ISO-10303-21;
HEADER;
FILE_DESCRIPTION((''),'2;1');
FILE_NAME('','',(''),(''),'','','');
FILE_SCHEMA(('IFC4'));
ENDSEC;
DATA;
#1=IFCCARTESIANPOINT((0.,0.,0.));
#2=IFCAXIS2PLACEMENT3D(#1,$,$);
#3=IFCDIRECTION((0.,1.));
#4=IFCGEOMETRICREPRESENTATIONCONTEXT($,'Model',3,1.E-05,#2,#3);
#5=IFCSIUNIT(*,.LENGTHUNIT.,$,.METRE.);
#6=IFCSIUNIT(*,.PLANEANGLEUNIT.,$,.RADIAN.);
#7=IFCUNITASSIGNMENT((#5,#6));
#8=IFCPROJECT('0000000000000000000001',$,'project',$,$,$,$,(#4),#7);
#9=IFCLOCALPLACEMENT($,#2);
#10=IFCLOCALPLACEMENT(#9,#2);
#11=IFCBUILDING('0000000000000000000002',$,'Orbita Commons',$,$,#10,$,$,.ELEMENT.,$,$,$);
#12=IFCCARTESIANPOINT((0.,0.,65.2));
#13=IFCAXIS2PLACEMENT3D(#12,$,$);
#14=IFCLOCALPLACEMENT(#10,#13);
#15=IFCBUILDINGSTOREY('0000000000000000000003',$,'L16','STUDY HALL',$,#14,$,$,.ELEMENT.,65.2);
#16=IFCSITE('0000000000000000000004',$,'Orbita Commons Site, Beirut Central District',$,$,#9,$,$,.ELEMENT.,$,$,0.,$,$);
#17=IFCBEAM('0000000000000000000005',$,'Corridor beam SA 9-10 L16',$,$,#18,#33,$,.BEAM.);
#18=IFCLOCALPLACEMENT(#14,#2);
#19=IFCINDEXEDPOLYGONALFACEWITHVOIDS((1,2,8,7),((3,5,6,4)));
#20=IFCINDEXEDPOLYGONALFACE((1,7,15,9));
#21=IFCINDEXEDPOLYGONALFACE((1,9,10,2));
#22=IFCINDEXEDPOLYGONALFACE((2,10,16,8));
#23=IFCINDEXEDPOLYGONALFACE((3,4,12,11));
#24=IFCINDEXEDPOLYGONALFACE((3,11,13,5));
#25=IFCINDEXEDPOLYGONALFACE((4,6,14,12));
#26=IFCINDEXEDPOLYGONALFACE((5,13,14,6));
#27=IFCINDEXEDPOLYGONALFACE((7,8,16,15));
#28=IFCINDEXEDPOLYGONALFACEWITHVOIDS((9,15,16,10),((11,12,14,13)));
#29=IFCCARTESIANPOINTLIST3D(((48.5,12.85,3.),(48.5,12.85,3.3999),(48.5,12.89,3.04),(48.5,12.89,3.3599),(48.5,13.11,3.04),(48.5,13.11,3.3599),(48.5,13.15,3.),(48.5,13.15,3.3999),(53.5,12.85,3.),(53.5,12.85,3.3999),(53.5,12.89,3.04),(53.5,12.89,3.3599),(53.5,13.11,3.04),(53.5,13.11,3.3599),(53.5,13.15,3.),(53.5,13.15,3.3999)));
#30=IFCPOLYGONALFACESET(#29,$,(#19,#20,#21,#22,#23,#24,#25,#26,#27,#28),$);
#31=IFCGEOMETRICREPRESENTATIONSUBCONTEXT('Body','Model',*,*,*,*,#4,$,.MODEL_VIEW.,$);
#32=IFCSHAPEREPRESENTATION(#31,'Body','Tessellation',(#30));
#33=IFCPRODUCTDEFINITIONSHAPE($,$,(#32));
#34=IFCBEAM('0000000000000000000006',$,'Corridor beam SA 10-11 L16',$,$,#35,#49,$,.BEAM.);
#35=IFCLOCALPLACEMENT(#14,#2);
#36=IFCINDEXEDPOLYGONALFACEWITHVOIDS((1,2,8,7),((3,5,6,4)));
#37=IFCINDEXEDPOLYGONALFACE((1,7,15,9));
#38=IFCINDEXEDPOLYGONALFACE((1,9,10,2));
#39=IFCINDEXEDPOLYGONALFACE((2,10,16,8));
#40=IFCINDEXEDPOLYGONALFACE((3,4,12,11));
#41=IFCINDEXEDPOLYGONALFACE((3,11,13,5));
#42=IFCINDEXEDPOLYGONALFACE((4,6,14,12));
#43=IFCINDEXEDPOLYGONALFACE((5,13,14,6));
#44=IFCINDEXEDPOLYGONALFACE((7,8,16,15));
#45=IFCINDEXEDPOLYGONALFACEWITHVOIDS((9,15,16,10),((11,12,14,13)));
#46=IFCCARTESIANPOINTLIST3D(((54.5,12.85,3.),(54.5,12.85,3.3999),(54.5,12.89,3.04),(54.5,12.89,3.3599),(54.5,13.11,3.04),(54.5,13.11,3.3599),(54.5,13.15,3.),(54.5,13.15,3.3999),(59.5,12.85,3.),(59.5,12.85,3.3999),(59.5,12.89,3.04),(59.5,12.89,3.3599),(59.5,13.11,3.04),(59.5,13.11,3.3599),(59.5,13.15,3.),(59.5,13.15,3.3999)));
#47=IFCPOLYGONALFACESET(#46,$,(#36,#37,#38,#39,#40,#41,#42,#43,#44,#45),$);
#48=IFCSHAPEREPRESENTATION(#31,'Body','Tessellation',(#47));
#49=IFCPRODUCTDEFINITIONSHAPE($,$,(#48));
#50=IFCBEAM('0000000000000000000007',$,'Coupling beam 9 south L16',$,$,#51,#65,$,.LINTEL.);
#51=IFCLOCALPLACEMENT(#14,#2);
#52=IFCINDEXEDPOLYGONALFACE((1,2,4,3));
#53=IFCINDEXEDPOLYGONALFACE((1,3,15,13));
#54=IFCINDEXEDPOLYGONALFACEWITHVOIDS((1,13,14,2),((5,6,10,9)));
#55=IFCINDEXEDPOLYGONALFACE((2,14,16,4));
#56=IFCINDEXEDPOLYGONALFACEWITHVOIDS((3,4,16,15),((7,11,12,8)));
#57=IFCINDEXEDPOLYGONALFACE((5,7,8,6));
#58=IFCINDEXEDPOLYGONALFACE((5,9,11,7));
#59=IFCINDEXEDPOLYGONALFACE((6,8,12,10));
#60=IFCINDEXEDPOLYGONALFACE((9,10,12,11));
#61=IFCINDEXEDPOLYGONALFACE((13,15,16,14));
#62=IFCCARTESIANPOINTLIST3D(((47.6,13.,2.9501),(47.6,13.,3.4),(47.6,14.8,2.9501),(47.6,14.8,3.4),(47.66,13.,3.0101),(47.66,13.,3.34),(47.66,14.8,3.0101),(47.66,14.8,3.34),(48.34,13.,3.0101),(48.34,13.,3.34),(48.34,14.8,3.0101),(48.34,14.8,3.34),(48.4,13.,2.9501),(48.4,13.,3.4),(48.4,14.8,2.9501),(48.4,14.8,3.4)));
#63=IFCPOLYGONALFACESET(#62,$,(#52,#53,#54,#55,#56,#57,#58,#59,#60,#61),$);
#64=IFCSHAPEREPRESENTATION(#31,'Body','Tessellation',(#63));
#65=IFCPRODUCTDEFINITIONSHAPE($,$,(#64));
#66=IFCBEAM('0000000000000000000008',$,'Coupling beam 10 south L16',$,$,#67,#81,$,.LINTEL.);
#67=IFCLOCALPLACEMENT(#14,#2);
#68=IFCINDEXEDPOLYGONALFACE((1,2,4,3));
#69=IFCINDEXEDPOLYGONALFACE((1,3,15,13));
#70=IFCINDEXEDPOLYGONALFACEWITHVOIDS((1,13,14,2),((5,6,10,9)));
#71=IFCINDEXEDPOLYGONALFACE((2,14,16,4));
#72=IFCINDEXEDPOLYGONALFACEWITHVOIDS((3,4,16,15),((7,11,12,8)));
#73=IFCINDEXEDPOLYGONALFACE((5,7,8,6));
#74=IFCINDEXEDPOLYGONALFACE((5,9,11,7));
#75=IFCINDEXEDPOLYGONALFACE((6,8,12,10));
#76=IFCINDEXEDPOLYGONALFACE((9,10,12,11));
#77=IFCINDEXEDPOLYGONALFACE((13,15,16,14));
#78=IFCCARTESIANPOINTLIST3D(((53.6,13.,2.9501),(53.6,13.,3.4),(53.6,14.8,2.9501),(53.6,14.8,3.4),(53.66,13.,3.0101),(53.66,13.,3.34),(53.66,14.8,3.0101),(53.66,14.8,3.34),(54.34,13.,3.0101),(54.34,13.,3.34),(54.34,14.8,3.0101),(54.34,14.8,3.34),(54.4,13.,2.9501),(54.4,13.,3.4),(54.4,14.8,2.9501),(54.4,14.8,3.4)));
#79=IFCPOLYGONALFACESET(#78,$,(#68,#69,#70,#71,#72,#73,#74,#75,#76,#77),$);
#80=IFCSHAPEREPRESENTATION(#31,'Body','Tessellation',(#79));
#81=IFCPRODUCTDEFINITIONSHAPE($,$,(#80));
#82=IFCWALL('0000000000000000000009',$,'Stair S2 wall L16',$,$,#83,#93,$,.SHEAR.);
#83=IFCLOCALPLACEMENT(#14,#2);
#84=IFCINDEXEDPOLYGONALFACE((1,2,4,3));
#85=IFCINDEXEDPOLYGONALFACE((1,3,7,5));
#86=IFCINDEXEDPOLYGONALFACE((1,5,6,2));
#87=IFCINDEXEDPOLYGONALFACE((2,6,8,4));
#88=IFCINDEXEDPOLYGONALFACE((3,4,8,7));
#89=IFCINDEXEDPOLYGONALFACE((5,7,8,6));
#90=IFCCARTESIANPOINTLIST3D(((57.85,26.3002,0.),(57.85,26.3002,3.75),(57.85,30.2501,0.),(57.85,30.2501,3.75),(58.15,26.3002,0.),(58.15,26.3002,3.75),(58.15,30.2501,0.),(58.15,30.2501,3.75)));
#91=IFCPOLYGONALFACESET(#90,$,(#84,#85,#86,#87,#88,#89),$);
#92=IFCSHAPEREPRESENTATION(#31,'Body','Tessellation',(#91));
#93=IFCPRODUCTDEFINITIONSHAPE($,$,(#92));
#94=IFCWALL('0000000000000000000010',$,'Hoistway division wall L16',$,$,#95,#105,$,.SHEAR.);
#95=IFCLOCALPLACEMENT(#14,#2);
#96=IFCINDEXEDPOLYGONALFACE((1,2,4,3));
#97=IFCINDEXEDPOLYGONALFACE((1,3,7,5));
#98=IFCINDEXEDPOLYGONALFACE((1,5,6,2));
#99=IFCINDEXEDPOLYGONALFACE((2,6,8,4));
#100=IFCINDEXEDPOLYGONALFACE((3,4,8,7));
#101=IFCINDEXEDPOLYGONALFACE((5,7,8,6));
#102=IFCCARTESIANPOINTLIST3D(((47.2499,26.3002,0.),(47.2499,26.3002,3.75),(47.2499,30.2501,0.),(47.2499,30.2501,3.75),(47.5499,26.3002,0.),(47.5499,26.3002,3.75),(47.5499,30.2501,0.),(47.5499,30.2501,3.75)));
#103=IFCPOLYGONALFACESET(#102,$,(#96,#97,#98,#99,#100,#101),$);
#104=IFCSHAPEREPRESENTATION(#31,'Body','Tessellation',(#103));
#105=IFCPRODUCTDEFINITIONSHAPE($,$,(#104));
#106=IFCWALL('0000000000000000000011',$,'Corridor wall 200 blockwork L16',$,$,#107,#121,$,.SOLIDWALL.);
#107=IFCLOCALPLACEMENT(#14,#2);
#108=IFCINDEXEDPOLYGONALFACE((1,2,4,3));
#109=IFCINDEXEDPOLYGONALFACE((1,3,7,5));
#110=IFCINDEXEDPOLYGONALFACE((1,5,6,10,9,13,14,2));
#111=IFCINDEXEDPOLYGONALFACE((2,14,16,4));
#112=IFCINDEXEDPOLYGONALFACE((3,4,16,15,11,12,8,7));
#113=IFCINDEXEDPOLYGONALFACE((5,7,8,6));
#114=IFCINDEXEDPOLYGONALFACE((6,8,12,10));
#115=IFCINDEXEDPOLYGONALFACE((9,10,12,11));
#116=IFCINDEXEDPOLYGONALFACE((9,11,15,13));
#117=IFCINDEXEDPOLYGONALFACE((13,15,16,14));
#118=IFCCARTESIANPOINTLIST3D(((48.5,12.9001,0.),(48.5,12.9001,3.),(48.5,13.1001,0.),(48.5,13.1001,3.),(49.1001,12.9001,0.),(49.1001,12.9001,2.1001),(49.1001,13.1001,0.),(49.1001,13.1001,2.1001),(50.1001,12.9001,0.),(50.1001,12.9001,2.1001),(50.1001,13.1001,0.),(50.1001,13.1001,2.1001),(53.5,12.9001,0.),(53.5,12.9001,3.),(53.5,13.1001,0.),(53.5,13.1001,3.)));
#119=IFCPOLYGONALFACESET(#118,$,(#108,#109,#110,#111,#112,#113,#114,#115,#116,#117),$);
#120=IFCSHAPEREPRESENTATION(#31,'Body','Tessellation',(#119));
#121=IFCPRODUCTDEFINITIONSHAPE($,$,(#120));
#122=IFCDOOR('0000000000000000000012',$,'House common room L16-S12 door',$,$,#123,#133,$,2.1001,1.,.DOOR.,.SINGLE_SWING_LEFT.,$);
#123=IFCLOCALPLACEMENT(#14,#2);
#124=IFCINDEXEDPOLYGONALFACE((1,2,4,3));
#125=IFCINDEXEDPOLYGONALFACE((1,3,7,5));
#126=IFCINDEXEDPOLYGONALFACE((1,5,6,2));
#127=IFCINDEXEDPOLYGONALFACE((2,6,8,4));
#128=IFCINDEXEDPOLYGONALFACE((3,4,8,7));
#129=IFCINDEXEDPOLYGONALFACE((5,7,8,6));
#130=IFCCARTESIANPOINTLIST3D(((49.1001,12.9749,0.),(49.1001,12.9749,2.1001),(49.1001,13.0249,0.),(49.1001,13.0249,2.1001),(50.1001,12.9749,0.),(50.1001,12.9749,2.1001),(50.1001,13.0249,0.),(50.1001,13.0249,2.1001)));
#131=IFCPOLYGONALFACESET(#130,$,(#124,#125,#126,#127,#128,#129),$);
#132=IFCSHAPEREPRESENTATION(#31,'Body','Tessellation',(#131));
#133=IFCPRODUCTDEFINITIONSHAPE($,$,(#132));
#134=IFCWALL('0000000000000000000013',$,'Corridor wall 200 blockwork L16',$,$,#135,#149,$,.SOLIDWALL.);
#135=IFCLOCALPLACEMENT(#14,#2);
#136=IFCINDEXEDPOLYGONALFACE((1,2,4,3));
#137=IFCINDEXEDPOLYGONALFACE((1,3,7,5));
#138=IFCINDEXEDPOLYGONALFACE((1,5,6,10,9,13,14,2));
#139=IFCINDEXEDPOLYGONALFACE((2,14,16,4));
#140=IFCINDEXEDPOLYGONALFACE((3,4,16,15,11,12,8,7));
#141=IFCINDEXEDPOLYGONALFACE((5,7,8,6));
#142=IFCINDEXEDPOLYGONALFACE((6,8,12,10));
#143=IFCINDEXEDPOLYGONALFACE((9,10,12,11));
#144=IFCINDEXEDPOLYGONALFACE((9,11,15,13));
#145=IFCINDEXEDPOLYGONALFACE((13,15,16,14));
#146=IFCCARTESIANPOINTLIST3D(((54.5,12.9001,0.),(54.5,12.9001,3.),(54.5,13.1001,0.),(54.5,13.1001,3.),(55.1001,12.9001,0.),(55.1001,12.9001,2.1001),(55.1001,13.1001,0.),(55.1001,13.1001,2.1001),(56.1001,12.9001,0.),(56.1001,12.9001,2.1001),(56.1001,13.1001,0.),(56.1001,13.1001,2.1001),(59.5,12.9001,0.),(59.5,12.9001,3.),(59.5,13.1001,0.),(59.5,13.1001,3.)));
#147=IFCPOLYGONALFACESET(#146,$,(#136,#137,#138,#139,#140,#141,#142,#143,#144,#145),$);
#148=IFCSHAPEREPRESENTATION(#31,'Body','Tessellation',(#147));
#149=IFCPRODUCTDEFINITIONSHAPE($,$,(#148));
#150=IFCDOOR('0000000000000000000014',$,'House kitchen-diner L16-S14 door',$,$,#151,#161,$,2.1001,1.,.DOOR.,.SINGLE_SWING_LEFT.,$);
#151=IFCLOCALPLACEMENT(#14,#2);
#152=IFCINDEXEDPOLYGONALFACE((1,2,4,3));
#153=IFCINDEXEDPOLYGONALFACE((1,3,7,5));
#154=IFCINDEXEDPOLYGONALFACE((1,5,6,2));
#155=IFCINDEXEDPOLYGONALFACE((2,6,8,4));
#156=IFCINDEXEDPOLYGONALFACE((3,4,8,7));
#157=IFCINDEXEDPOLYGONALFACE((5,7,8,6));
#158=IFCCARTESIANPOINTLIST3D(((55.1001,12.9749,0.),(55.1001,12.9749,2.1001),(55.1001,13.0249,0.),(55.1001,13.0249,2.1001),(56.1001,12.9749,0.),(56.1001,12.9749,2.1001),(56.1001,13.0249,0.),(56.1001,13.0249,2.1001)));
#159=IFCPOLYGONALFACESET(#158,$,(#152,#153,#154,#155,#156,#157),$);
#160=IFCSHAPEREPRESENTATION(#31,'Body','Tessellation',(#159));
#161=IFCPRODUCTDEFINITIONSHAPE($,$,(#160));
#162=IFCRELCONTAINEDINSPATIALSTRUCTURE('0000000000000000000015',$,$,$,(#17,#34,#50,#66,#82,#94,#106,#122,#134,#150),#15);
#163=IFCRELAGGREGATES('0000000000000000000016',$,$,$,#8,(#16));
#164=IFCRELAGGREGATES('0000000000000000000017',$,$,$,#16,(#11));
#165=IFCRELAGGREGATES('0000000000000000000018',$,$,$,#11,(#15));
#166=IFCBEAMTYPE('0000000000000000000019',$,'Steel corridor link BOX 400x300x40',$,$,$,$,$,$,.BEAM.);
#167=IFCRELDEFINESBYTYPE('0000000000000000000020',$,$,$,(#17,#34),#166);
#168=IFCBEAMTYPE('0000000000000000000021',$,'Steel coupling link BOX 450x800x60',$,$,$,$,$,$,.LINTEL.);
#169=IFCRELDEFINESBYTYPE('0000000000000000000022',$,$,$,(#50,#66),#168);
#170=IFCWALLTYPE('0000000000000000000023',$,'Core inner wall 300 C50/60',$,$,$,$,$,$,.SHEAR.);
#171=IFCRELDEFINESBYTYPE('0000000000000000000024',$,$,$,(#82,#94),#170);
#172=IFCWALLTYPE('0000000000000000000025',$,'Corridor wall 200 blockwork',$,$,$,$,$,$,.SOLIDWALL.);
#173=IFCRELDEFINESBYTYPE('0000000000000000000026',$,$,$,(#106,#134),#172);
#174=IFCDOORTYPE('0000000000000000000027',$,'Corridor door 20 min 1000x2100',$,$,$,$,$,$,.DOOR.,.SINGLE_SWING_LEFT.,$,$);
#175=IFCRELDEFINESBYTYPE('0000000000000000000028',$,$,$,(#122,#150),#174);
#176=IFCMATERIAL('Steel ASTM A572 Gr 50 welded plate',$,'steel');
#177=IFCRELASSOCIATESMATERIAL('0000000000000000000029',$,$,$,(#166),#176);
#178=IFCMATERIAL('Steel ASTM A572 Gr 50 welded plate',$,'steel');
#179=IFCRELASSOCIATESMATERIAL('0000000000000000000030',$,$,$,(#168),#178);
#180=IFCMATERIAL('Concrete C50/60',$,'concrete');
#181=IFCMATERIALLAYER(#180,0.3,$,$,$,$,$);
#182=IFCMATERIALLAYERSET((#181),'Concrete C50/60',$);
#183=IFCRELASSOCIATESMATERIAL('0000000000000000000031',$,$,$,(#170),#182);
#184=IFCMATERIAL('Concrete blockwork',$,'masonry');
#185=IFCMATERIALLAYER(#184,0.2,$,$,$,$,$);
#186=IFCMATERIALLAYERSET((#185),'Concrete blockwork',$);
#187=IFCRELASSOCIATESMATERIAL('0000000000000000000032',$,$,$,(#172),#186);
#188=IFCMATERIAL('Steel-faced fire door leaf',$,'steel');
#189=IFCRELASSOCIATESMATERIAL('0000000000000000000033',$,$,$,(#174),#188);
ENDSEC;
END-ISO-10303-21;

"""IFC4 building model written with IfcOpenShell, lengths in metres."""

from ifc_helpers import new_model, si_unit, direction, frame, frame_2d, origin, origin_2d, place, context, subcontext, project, spatial, polyline, rectangle, hollow_rectangle, outline, extrude, material, layer, layer_set, material_profile, profile_set, type_object, element, fill, save


model = new_model("IFC4")

# Units and contexts
model_context = context("Model", 3, precision=1e-05, world=origin(), true_north=direction((0.0, 1.0)))
body_context = subcontext(model_context, "Body", "Model", "MODEL_VIEW")
ifc_project = project(units=[si_unit("LENGTHUNIT", "METRE"), si_unit("PLANEANGLEUNIT", "RADIAN")], contexts=[model_context])

# Site, building, storey
site_placement = place(None, origin())
site = spatial("IfcSite", under=ifc_project, at=site_placement, Name="Orbita Commons Site, Beirut Central District", CompositionType="ELEMENT", RefElevation=0.0)
building_placement = place(site_placement, origin())
building = spatial("IfcBuilding", under=site, at=building_placement, Name="Orbita Commons", CompositionType="ELEMENT")
storey_placement = place(building_placement, frame((0.0, 0.0, 65.2)))
storey = spatial("IfcBuildingStorey", under=building, at=storey_placement, Name="L16", Description="STUDY HALL", CompositionType="ELEMENT", Elevation=65.2)

# Beams
ifc_material_1 = material(Name="Steel ASTM A572 Gr 50 welded plate", Category="steel")
ifc_material_profile_1 = material_profile(ifc_material_1, hollow_rectangle(XDim=0.3, YDim=0.3999, WallThickness=0.04, at=origin_2d()), Name="BOX 400x300x40")
ifc_profile_set_1 = profile_set([ifc_material_profile_1], Name="Steel ASTM A572 Gr 50 welded plate")
beam_type_1 = type_object("IfcBeamType", Name="Steel corridor link BOX 400x300x40", PredefinedType="BEAM", material=ifc_profile_set_1)
for number, where, z_axis, x_axis, name in (
    (1, (48.5, 13.0, 3.2), (1.0, 0.0, 0.0), (0.0, 1.0, 0.0), "Corridor beam SA 9-10 L16"),
    (2, (54.5, 13.0, 3.2), (1.0, 0.0, 0.0), (0.0, 1.0, 0.0), "Corridor beam SA 10-11 L16"),
):
    element("IfcBeam", number, at=place(storey_placement, frame(where, z_axis=z_axis, x_axis=x_axis)), inside=storey, type_object=beam_type_1, Name=name, PredefinedType="BEAM", context=body_context, shape_type="SweptSolid", body=[
        extrude(hollow_rectangle(XDim=0.3, YDim=0.3999, WallThickness=0.04, at=origin_2d()), origin(), (0.0, 0.0, 1.0), 5.0),
    ])
ifc_material_2 = material(Name="Steel ASTM A572 Gr 50 welded plate", Category="steel")
ifc_material_profile_2 = material_profile(ifc_material_2, hollow_rectangle(XDim=0.8, YDim=0.45, WallThickness=0.0601, at=origin_2d()), Name="BOX 450x800x60")
ifc_profile_set_2 = profile_set([ifc_material_profile_2], Name="Steel ASTM A572 Gr 50 welded plate")
beam_type_2 = type_object("IfcBeamType", Name="Steel coupling link BOX 450x800x60", PredefinedType="LINTEL", material=ifc_profile_set_2)
for number, where, z_axis, x_axis, name in (
    (3, (48.0, 13.0, 3.175), (0.0, 1.0, 0.0), (-1.0, 0.0, 0.0), "Coupling beam 9 south L16"),
    (4, (54.0, 13.0, 3.175), (0.0, 1.0, 0.0), (-1.0, 0.0, 0.0), "Coupling beam 10 south L16"),
):
    element("IfcBeam", number, at=place(storey_placement, frame(where, z_axis=z_axis, x_axis=x_axis)), inside=storey, type_object=beam_type_2, Name=name, PredefinedType="LINTEL", context=body_context, shape_type="SweptSolid", body=[
        extrude(hollow_rectangle(XDim=0.8, YDim=0.45, WallThickness=0.0601, at=origin_2d()), origin(), (0.0, 0.0, 1.0), 1.8),
    ])

# Walls
ifc_material_3 = material(Name="Concrete C50/60", Category="concrete")
ifc_layer_1 = layer(ifc_material_3, 0.3)
ifc_layer_set_1 = layer_set([ifc_layer_1], Name="Concrete C50/60")
wall_type_1 = type_object("IfcWallType", Name="Core inner wall 300 C50/60", PredefinedType="SHEAR", material=ifc_layer_set_1)
for number, where, z_axis, x_axis, name in (
    (5, (58.0, 26.3, 0.0), (0.0, 0.0, 1.0), (0.0, 1.0, 0.0), "Stair S2 wall L16"),
    (6, (47.3999, 26.3, 0.0), (0.0, 0.0, 1.0), (0.0, 1.0, 0.0), "Hoistway division wall L16"),
):
    element("IfcWall", number, at=place(storey_placement, frame(where, z_axis=z_axis, x_axis=x_axis)), inside=storey, type_object=wall_type_1, Name=name, PredefinedType="SHEAR", context=body_context, shape_type="SweptSolid", body=[
        extrude(rectangle(XDim=3.95, YDim=0.3, at=frame_2d((1.9751, 0.0))), origin(), (0.0, 0.0, 1.0), 3.75),
    ])

# Walls, openings, doors
ifc_material_4 = material(Name="Concrete blockwork", Category="masonry")
ifc_layer_2 = layer(ifc_material_4, 0.2)
ifc_layer_set_2 = layer_set([ifc_layer_2], Name="Concrete blockwork")
wall_type_2 = type_object("IfcWallType", Name="Corridor wall 200 blockwork", PredefinedType="SOLIDWALL", material=ifc_layer_set_2)
wall_1_placement = place(storey_placement, frame((48.5, 13.0, 0.0), z_axis=(0.0, 0.0, 1.0), x_axis=(1.0, 0.0, 0.0)))
wall_1 = element("IfcWall", 7, at=wall_1_placement, inside=storey, type_object=wall_type_2, Name="Corridor wall 200 blockwork L16", PredefinedType="SOLIDWALL", context=body_context, shape_type="SweptSolid", body=[
    extrude(outline(polyline([(0.0, 0.0), (5.0, 0.0), (5.0, 3.0), (0.0, 3.0), (0.0, 0.0)])), frame((0.0, 0.1001, 0.0), z_axis=(0.0, -1.0, 0.0), x_axis=(1.0, 0.0, 0.0)), (0.0, 0.0, 1.0), 0.2),
])
opening_1_placement = place(wall_1_placement, frame((0.6001, 0.0, 0.0)))
opening_1 = element("IfcOpeningElement", 8, at=opening_1_placement, cuts=wall_1, PredefinedType="OPENING", context=body_context, shape_type="SweptSolid", body=[
    extrude(rectangle(XDim=1.0, YDim=2.1001, at=frame_2d((0.5, 1.05))), frame((0.0, 0.1099, 0.0), z_axis=(0.0, -1.0, 0.0), x_axis=(1.0, 0.0, 0.0)), (0.0, 0.0, 1.0), 0.22),
])
ifc_material_5 = material(Name="Steel-faced fire door leaf", Category="steel")
door_type_1 = type_object("IfcDoorType", Name="Corridor door 20 min 1000x2100", OperationType="SINGLE_SWING_LEFT", PredefinedType="DOOR", material=ifc_material_5)
door_1_placement = place(opening_1_placement, origin())
door_1 = element("IfcDoor", 9, at=door_1_placement, inside=storey, type_object=door_type_1, Name="House common room L16-S12 door", OperationType="SINGLE_SWING_LEFT", OverallHeight=2.1001, OverallWidth=1.0, PredefinedType="DOOR", context=body_context, shape_type="SweptSolid", body=[
    extrude(rectangle(XDim=1.0, YDim=2.1001, at=frame_2d((0.5, 1.05))), frame((0.0, 0.0249, 0.0), z_axis=(0.0, -1.0, 0.0), x_axis=(1.0, 0.0, 0.0)), (0.0, 0.0, 1.0), 0.05),
])
fill(opening_1, door_1)
wall_2_placement = place(storey_placement, frame((54.5, 13.0, 0.0), z_axis=(0.0, 0.0, 1.0), x_axis=(1.0, 0.0, 0.0)))
wall_2 = element("IfcWall", 10, at=wall_2_placement, inside=storey, type_object=wall_type_2, Name="Corridor wall 200 blockwork L16", PredefinedType="SOLIDWALL", context=body_context, shape_type="SweptSolid", body=[
    extrude(outline(polyline([(0.0, 0.0), (5.0, 0.0), (5.0, 3.0), (0.0, 3.0), (0.0, 0.0)])), frame((0.0, 0.1001, 0.0), z_axis=(0.0, -1.0, 0.0), x_axis=(1.0, 0.0, 0.0)), (0.0, 0.0, 1.0), 0.2),
])
opening_2_placement = place(wall_2_placement, frame((0.6001, 0.0, 0.0)))
opening_2 = element("IfcOpeningElement", 11, at=opening_2_placement, cuts=wall_2, PredefinedType="OPENING", context=body_context, shape_type="SweptSolid", body=[
    extrude(rectangle(XDim=1.0, YDim=2.1001, at=frame_2d((0.5, 1.05))), frame((0.0, 0.1099, 0.0), z_axis=(0.0, -1.0, 0.0), x_axis=(1.0, 0.0, 0.0)), (0.0, 0.0, 1.0), 0.22),
])
door_2_placement = place(opening_2_placement, origin())
door_2 = element("IfcDoor", 12, at=door_2_placement, inside=storey, type_object=door_type_1, Name="House kitchen-diner L16-S14 door", OperationType="SINGLE_SWING_LEFT", OverallHeight=2.1001, OverallWidth=1.0, PredefinedType="DOOR", context=body_context, shape_type="SweptSolid", body=[
    extrude(rectangle(XDim=1.0, YDim=2.1001, at=frame_2d((0.5, 1.05))), frame((0.0, 0.0249, 0.0), z_axis=(0.0, -1.0, 0.0), x_axis=(1.0, 0.0, 0.0)), (0.0, 0.0, 1.0), 0.05),
])
fill(opening_2, door_2)

save(model, "model.ifc")
